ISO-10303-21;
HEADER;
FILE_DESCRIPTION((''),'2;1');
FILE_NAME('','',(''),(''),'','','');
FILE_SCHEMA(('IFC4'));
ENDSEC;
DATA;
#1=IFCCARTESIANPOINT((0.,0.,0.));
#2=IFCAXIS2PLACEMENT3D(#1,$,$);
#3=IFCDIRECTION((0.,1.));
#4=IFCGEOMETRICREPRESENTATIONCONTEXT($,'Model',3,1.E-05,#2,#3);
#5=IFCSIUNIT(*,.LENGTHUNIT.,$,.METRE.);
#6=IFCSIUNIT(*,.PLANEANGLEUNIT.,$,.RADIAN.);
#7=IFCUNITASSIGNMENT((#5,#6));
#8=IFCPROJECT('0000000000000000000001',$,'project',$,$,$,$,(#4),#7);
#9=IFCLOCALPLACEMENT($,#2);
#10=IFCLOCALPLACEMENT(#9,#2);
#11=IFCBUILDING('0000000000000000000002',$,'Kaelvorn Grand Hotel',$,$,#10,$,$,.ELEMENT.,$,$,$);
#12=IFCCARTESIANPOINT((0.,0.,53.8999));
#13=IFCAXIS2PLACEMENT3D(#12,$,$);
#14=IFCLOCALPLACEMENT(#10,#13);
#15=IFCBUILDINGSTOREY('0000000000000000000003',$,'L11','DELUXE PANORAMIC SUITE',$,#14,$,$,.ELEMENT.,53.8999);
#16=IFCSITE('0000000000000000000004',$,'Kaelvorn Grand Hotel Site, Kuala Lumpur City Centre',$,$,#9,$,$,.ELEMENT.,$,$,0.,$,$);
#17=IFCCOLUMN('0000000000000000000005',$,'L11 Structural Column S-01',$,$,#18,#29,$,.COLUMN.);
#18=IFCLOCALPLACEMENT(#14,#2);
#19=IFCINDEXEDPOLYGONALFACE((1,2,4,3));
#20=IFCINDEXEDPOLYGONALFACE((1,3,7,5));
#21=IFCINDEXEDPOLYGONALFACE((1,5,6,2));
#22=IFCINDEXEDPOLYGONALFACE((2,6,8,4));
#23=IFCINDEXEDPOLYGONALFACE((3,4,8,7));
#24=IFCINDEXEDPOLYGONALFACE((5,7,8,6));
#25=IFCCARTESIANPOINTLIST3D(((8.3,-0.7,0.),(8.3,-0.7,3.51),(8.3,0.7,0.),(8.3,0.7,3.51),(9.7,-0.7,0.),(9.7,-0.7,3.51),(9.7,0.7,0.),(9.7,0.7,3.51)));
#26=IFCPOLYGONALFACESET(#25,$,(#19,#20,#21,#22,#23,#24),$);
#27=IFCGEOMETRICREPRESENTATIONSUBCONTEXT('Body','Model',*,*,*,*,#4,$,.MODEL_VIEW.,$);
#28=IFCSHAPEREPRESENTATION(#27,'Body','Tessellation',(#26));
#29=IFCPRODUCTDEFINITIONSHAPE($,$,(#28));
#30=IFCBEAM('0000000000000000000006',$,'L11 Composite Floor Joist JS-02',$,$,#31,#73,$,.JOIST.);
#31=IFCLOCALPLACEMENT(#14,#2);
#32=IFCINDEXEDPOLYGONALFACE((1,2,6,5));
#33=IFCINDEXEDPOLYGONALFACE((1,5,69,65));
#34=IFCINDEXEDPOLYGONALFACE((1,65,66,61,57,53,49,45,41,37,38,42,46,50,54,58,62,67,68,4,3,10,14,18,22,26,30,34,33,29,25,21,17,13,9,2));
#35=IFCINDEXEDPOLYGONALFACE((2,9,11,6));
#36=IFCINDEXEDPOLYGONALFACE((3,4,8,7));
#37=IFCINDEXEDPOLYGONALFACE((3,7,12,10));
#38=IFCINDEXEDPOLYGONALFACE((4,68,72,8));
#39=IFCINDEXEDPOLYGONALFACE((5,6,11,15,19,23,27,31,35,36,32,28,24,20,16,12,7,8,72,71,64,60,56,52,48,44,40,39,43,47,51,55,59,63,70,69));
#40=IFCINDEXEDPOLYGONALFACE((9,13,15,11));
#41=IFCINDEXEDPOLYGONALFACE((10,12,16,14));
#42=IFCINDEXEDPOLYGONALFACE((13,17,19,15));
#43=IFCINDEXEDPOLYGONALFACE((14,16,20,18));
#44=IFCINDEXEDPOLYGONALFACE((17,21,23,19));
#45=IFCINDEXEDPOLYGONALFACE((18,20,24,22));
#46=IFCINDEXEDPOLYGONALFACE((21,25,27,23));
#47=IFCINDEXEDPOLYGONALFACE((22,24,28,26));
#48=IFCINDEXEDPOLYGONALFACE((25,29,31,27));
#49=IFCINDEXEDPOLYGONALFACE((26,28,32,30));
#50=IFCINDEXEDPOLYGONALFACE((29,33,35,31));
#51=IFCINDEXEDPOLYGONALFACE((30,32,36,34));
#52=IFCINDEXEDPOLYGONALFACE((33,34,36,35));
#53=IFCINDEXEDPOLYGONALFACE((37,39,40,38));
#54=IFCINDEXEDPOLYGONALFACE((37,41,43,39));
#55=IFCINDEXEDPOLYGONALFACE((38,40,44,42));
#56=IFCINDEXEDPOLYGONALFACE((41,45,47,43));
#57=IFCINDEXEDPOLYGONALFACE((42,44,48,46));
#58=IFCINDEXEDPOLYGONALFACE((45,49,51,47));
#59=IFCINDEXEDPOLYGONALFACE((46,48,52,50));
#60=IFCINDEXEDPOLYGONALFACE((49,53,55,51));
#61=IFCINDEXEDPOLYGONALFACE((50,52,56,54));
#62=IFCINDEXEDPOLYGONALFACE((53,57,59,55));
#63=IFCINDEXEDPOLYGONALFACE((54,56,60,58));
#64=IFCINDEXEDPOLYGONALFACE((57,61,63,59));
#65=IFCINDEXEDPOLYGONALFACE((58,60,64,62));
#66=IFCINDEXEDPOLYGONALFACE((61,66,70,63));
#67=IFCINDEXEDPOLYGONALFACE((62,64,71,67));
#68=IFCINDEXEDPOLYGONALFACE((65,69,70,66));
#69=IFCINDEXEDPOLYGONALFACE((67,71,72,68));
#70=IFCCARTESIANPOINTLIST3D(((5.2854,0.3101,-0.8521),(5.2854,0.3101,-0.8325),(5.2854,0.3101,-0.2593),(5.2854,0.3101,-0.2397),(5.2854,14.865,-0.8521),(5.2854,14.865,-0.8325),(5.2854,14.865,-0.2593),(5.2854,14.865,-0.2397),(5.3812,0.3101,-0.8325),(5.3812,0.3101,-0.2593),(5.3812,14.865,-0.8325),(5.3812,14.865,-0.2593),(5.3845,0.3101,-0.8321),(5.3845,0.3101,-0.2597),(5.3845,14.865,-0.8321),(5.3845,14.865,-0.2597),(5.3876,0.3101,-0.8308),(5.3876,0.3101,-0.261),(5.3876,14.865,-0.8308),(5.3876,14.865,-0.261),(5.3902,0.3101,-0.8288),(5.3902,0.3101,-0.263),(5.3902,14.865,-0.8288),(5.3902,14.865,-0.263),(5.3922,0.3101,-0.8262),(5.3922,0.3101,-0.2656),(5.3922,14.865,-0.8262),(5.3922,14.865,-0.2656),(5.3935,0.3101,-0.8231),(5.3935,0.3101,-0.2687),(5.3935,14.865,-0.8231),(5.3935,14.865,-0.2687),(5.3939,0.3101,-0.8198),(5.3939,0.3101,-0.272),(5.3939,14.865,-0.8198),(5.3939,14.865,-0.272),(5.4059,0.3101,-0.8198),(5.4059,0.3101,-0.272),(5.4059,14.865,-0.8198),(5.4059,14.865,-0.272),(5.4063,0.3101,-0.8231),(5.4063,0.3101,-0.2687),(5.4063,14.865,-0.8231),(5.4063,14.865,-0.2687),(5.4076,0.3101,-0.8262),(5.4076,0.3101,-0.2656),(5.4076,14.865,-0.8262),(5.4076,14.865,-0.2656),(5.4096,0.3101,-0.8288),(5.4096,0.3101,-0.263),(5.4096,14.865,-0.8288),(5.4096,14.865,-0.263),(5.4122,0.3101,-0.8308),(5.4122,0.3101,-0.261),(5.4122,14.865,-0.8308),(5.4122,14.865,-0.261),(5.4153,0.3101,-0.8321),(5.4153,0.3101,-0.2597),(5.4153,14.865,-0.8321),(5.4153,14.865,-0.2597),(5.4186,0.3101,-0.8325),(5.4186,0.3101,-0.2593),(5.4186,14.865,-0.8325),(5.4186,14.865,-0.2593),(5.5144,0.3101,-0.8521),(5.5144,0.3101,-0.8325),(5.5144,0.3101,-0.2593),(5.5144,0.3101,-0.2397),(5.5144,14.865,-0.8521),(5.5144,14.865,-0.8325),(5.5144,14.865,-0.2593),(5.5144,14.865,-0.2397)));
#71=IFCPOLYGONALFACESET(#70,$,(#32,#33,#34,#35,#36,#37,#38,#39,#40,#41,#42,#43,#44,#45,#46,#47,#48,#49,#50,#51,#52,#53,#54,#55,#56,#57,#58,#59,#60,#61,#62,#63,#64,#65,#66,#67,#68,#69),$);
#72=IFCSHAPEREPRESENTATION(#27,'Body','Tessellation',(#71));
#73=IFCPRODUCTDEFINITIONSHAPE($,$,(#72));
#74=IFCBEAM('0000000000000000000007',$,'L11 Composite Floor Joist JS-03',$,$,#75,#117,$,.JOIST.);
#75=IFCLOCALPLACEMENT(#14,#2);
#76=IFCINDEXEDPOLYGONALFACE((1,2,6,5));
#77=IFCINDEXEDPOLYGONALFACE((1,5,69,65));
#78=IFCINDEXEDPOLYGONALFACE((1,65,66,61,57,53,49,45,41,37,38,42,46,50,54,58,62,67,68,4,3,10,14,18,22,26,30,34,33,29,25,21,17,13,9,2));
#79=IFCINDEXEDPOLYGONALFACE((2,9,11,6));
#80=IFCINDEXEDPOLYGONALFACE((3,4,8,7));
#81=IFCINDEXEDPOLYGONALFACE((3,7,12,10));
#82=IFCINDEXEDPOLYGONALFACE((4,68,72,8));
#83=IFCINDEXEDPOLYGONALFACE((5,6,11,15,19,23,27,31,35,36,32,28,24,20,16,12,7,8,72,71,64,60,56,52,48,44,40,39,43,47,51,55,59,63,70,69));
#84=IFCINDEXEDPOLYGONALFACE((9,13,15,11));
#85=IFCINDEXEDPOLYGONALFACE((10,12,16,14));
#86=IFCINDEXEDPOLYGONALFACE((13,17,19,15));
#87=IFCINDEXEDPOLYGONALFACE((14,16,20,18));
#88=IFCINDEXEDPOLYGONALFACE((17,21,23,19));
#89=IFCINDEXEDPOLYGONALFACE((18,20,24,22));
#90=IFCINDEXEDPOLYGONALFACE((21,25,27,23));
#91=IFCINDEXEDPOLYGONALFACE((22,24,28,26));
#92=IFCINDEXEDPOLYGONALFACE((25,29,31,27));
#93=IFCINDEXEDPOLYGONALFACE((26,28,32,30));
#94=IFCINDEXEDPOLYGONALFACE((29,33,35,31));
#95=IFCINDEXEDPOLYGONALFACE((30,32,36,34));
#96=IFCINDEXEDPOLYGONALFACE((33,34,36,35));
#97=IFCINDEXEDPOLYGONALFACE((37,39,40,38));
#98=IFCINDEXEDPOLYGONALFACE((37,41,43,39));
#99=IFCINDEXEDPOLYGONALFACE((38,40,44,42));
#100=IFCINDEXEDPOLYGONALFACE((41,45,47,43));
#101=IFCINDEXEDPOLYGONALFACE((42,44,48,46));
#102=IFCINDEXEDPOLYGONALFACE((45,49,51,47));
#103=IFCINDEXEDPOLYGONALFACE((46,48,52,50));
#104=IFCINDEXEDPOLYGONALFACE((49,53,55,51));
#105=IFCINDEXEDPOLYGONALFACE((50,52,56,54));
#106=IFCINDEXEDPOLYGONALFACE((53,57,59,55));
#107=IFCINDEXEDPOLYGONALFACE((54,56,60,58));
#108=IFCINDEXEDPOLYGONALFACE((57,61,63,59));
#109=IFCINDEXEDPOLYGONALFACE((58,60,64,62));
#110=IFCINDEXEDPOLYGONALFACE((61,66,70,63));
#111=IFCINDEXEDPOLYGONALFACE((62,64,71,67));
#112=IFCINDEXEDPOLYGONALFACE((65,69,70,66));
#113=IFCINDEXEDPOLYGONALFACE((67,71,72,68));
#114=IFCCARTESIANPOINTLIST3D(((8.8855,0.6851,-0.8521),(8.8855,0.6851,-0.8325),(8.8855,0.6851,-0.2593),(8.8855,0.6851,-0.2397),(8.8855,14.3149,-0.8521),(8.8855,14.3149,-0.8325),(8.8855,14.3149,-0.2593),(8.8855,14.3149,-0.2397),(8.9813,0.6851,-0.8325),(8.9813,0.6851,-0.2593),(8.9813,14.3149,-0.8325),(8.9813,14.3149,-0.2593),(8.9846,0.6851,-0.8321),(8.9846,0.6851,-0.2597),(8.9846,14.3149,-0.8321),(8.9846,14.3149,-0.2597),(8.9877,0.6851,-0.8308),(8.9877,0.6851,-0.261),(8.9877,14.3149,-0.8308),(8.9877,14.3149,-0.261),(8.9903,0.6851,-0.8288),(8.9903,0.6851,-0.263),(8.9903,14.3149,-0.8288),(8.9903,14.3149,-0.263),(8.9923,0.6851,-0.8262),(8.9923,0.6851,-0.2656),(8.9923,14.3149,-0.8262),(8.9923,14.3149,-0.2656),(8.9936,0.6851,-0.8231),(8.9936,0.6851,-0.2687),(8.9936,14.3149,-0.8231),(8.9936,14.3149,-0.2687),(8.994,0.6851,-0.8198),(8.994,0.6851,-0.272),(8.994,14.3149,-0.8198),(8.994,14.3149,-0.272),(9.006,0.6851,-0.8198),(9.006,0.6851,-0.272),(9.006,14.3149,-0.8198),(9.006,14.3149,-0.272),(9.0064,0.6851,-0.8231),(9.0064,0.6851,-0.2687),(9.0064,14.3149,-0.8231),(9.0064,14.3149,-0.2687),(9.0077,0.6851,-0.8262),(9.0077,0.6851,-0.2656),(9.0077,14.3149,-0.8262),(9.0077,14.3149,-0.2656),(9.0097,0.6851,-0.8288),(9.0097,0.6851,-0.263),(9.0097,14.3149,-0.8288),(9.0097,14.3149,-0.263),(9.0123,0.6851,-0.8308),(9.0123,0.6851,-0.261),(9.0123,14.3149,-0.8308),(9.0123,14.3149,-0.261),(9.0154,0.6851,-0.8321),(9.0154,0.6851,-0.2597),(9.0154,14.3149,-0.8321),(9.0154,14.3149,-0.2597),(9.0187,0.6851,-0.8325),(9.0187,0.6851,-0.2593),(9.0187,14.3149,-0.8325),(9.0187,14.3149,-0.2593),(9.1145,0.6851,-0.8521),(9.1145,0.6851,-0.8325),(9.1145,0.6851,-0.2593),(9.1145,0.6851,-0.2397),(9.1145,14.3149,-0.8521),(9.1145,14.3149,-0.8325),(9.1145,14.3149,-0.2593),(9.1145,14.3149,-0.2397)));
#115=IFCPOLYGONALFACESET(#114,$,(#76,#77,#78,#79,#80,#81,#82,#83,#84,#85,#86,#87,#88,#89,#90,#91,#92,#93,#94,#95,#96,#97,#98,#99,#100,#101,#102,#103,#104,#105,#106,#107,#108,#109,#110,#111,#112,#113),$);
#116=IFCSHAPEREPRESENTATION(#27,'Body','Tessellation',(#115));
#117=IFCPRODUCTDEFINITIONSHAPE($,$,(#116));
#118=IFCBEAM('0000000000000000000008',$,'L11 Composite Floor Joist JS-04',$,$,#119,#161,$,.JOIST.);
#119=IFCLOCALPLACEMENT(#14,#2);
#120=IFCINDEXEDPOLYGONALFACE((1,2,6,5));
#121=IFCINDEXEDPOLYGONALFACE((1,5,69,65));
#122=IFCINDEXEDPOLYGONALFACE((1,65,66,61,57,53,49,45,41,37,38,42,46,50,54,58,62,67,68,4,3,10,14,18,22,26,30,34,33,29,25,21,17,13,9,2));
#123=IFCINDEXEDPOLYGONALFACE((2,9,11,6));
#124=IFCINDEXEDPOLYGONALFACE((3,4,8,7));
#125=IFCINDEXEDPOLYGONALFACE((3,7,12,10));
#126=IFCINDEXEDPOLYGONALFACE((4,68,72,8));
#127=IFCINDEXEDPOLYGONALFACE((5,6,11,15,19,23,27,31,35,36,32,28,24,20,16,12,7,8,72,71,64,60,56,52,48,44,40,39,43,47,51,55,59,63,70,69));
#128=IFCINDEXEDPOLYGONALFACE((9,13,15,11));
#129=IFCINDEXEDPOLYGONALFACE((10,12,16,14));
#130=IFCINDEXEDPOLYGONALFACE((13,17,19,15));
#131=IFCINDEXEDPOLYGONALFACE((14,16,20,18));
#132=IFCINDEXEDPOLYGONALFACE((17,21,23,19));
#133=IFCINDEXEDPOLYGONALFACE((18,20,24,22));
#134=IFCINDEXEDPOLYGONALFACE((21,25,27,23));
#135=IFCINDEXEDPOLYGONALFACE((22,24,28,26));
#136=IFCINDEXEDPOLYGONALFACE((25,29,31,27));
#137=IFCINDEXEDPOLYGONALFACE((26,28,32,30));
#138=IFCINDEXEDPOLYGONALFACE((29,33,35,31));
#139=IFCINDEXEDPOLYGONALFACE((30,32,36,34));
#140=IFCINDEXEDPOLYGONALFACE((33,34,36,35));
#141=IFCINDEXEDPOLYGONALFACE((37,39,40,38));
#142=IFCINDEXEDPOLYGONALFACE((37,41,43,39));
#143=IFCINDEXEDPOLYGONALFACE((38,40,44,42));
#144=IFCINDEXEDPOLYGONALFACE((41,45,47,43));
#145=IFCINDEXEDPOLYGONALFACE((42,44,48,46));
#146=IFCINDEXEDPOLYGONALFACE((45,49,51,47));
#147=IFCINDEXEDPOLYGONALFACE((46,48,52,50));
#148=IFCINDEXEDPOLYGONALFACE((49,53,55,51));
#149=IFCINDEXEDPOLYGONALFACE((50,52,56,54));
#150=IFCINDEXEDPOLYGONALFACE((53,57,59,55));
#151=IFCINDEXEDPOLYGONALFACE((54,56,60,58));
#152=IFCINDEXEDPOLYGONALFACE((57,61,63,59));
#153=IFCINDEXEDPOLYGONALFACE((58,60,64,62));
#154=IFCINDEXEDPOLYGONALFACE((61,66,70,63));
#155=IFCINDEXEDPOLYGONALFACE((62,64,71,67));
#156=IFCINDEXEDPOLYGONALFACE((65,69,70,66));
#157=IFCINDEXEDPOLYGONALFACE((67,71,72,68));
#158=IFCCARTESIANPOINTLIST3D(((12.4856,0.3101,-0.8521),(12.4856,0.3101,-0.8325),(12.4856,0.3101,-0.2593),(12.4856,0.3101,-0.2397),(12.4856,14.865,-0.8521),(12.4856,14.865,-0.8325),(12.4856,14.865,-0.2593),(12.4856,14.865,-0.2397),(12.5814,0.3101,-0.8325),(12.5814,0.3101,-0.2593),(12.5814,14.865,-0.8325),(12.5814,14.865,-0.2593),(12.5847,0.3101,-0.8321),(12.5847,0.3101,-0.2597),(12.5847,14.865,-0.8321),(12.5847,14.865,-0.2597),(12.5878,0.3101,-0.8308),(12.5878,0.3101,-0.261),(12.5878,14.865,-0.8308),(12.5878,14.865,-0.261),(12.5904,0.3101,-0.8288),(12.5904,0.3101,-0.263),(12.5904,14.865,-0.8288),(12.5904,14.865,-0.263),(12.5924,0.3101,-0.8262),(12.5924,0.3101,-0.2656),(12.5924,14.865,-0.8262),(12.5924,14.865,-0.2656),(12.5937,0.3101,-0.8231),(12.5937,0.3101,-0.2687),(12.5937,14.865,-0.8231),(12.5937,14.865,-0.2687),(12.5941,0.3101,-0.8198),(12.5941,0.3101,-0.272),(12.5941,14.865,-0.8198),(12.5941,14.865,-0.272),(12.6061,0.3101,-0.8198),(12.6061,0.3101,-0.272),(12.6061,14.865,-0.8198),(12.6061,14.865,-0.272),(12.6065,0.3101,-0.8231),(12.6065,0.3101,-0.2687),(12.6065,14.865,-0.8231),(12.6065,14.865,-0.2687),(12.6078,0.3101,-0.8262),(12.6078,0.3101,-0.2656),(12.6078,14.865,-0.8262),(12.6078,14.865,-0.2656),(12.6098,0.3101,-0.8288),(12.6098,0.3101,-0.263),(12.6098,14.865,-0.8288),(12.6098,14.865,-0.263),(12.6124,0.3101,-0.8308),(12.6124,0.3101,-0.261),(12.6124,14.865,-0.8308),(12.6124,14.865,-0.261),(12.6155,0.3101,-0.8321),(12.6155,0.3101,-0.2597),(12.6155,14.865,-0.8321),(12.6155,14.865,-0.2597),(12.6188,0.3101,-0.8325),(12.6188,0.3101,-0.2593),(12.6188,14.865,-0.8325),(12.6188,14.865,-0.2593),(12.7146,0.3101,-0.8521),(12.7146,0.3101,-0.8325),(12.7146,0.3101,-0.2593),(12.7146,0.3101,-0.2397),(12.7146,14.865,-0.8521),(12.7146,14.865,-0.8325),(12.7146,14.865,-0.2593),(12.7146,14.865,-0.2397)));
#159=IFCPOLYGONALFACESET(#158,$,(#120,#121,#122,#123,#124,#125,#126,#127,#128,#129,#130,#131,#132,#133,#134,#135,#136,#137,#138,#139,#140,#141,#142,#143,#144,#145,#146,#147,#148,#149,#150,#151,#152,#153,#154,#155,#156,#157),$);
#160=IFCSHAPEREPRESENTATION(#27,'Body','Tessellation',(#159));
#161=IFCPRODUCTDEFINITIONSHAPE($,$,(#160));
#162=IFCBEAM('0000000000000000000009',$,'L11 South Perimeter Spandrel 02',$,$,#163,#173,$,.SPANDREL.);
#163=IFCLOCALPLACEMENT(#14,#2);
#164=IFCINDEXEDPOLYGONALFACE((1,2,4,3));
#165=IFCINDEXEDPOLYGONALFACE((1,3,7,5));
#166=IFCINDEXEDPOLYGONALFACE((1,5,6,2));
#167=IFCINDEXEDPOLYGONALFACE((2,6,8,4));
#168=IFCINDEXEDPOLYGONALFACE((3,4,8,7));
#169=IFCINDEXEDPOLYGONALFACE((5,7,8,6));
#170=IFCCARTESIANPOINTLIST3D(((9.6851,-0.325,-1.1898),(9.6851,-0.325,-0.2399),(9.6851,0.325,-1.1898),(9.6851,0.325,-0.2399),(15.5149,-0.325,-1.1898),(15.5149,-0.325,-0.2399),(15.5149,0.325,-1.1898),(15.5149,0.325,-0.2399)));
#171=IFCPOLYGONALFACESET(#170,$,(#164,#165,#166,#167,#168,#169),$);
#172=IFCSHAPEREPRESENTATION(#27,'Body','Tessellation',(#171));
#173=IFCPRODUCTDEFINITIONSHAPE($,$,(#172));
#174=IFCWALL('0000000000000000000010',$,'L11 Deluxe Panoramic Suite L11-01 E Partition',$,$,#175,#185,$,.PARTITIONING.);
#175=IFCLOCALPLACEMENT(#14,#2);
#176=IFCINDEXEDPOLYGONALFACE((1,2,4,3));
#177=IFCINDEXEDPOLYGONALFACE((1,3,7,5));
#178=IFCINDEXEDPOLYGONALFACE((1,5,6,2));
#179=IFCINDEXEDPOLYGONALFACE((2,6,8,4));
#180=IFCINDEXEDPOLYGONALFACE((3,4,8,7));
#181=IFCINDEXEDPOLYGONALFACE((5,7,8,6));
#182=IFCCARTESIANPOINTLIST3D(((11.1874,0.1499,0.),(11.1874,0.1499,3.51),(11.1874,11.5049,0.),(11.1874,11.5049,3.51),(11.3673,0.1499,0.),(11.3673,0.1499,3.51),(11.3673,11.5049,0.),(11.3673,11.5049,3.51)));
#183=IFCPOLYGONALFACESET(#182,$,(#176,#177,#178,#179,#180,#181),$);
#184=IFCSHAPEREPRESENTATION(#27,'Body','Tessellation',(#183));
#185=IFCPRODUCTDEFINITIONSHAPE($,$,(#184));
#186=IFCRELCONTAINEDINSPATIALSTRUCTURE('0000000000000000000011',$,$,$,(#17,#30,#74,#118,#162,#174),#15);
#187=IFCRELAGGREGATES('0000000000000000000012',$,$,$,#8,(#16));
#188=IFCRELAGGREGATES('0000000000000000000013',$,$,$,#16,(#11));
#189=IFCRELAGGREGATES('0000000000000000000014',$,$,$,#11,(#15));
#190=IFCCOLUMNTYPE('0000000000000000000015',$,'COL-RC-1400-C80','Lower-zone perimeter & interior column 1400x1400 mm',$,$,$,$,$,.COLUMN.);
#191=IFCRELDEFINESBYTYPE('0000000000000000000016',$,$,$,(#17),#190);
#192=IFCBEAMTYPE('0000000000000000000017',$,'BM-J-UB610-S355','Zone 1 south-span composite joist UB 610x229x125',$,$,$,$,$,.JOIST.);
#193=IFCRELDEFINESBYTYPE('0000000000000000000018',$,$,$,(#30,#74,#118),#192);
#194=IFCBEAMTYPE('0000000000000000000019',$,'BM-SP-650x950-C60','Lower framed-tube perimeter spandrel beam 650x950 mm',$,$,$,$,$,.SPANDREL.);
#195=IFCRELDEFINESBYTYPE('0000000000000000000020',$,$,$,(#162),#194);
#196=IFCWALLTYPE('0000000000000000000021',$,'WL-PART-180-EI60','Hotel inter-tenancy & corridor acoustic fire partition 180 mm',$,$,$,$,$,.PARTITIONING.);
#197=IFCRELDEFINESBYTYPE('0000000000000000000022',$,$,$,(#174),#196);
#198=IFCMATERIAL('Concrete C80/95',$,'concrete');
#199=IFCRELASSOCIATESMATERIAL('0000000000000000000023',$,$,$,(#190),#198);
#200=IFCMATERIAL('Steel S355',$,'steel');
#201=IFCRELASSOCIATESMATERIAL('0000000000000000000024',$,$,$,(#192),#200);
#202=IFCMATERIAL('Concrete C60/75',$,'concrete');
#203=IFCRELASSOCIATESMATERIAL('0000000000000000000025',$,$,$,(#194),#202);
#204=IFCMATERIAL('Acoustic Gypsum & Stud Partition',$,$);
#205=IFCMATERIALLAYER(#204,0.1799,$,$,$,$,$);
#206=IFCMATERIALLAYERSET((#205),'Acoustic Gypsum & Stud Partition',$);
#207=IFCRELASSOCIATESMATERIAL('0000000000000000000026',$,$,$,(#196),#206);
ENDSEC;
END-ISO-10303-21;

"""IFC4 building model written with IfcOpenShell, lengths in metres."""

from ifc_helpers import new_model, si_unit, direction, frame, frame_2d, origin, origin_2d, place, context, subcontext, project, spatial, rectangle, i_section, extrude, material, layer, layer_set, material_profile, profile_set, type_object, element, save


model = new_model("IFC4")

# Units and contexts
model_context = context("Model", 3, precision=1e-05, world=origin(), true_north=direction((0.0, 1.0)))
body_context = subcontext(model_context, "Body", "Model", "MODEL_VIEW")
ifc_project = project(units=[si_unit("LENGTHUNIT", "METRE"), si_unit("PLANEANGLEUNIT", "RADIAN")], contexts=[model_context])

# Site, building, storey
site_placement = place(None, origin())
site = spatial("IfcSite", under=ifc_project, at=site_placement, Name="Kaelvorn Grand Hotel Site, Kuala Lumpur City Centre", CompositionType="ELEMENT", RefElevation=0.0)
building_placement = place(site_placement, origin())
building = spatial("IfcBuilding", under=site, at=building_placement, Name="Kaelvorn Grand Hotel", CompositionType="ELEMENT")
storey_placement = place(building_placement, frame((0.0, 0.0, 53.8999)))
storey = spatial("IfcBuildingStorey", under=building, at=storey_placement, Name="L11", Description="DELUXE PANORAMIC SUITE", CompositionType="ELEMENT", Elevation=53.8999)

# Column
ifc_material_1 = material(Name="Concrete C80/95", Category="concrete")
ifc_material_profile_1 = material_profile(ifc_material_1, rectangle(XDim=1.3999, YDim=1.3999, at=origin_2d()), Name="RC COL 1400x1400")
ifc_profile_set_1 = profile_set([ifc_material_profile_1], Name="Concrete C80/95")
column_type = type_object("IfcColumnType", Name="COL-RC-1400-C80", Description="Lower-zone perimeter & interior column 1400x1400 mm", PredefinedType="COLUMN", material=ifc_profile_set_1)
column_placement = place(storey_placement, frame((9.0, 0.0, 0.0), z_axis=(0.0, 0.0, 1.0), x_axis=(1.0, 0.0, 0.0)))
element("IfcColumn", 1, at=column_placement, inside=storey, type_object=column_type, Name="L11 Structural Column S-01", PredefinedType="COLUMN", context=body_context, shape_type="SweptSolid", body=[
    extrude(rectangle(XDim=1.3999, YDim=1.3999, at=origin_2d()), origin(), (0.0, 0.0, 1.0), 3.51),
])

# Beams
ifc_material_2 = material(Name="Steel S355", Category="steel")
ifc_material_profile_2 = material_profile(ifc_material_2, i_section(OverallWidth=0.229, OverallDepth=0.6123, WebThickness=0.012, FlangeThickness=0.0195, FilletRadius=0.0127, at=origin_2d()), Name="UB 610x229x125")
ifc_profile_set_2 = profile_set([ifc_material_profile_2], Name="Steel S355")
beam_type_1 = type_object("IfcBeamType", Name="BM-J-UB610-S355", Description="Zone 1 south-span composite joist UB 610x229x125", PredefinedType="JOIST", material=ifc_profile_set_2)
beam_1_placement = place(storey_placement, frame((5.3999, 0.3101, -0.5459), z_axis=(0.0, 1.0, 0.0), x_axis=(-1.0, 0.0, 0.0)))
element("IfcBeam", 2, at=beam_1_placement, inside=storey, type_object=beam_type_1, Name="L11 Composite Floor Joist JS-02", PredefinedType="JOIST", context=body_context, shape_type="SweptSolid", body=[
    extrude(i_section(OverallWidth=0.229, OverallDepth=0.6123, WebThickness=0.012, FlangeThickness=0.0195, FilletRadius=0.0127, at=origin_2d()), origin(), (0.0, 0.0, 1.0), 14.5549),
])
beam_2_placement = place(storey_placement, frame((9.0, 0.6851, -0.5459), z_axis=(0.0, 1.0, 0.0), x_axis=(-1.0, 0.0, 0.0)))
element("IfcBeam", 3, at=beam_2_placement, inside=storey, type_object=beam_type_1, Name="L11 Composite Floor Joist JS-03", PredefinedType="JOIST", context=body_context, shape_type="SweptSolid", body=[
    extrude(i_section(OverallWidth=0.229, OverallDepth=0.6123, WebThickness=0.012, FlangeThickness=0.0195, FilletRadius=0.0127, at=origin_2d()), origin(), (0.0, 0.0, 1.0), 13.6299),
])
beam_3_placement = place(storey_placement, frame((12.6001, 0.3101, -0.5459), z_axis=(0.0, 1.0, 0.0), x_axis=(-1.0, 0.0, 0.0)))
element("IfcBeam", 4, at=beam_3_placement, inside=storey, type_object=beam_type_1, Name="L11 Composite Floor Joist JS-04", PredefinedType="JOIST", context=body_context, shape_type="SweptSolid", body=[
    extrude(i_section(OverallWidth=0.229, OverallDepth=0.6123, WebThickness=0.012, FlangeThickness=0.0195, FilletRadius=0.0127, at=origin_2d()), origin(), (0.0, 0.0, 1.0), 14.5549),
])
ifc_material_3 = material(Name="Concrete C60/75", Category="concrete")
ifc_material_profile_3 = material_profile(ifc_material_3, rectangle(XDim=0.6499, YDim=0.95, at=origin_2d()), Name="RC SPANDREL 650x950")
ifc_profile_set_3 = profile_set([ifc_material_profile_3], Name="Concrete C60/75")
beam_type_2 = type_object("IfcBeamType", Name="BM-SP-650x950-C60", Description="Lower framed-tube perimeter spandrel beam 650x950 mm", PredefinedType="SPANDREL", material=ifc_profile_set_3)
beam_4_placement = place(storey_placement, frame((9.6851, 0.0, -0.7148), z_axis=(1.0, 0.0, 0.0), x_axis=(0.0, 1.0, 0.0)))
element("IfcBeam", 5, at=beam_4_placement, inside=storey, type_object=beam_type_2, Name="L11 South Perimeter Spandrel 02", PredefinedType="SPANDREL", context=body_context, shape_type="SweptSolid", body=[
    extrude(rectangle(XDim=0.6499, YDim=0.95, at=origin_2d()), origin(), (0.0, 0.0, 1.0), 5.8298),
])

# Wall
ifc_material_4 = material(Name="Acoustic Gypsum & Stud Partition")
ifc_layer_1 = layer(ifc_material_4, 0.1799)
ifc_layer_set_1 = layer_set([ifc_layer_1], Name="Acoustic Gypsum & Stud Partition")
wall_type = type_object("IfcWallType", Name="WL-PART-180-EI60", Description="Hotel inter-tenancy & corridor acoustic fire partition 180 mm", PredefinedType="PARTITIONING", material=ifc_layer_set_1)
wall_placement = place(storey_placement, frame((11.2773, 0.1499, 0.0), z_axis=(0.0, 0.0, 1.0), x_axis=(0.0, 1.0, 0.0)))
element("IfcWall", 6, at=wall_placement, inside=storey, type_object=wall_type, Name="L11 Deluxe Panoramic Suite L11-01 E Partition", PredefinedType="PARTITIONING", context=body_context, shape_type="SweptSolid", body=[
    extrude(rectangle(XDim=11.355, YDim=0.1799, at=frame_2d((5.6775, 0.0))), origin(), (0.0, 0.0, 1.0), 3.51),
])

save(model, "model.ifc")
